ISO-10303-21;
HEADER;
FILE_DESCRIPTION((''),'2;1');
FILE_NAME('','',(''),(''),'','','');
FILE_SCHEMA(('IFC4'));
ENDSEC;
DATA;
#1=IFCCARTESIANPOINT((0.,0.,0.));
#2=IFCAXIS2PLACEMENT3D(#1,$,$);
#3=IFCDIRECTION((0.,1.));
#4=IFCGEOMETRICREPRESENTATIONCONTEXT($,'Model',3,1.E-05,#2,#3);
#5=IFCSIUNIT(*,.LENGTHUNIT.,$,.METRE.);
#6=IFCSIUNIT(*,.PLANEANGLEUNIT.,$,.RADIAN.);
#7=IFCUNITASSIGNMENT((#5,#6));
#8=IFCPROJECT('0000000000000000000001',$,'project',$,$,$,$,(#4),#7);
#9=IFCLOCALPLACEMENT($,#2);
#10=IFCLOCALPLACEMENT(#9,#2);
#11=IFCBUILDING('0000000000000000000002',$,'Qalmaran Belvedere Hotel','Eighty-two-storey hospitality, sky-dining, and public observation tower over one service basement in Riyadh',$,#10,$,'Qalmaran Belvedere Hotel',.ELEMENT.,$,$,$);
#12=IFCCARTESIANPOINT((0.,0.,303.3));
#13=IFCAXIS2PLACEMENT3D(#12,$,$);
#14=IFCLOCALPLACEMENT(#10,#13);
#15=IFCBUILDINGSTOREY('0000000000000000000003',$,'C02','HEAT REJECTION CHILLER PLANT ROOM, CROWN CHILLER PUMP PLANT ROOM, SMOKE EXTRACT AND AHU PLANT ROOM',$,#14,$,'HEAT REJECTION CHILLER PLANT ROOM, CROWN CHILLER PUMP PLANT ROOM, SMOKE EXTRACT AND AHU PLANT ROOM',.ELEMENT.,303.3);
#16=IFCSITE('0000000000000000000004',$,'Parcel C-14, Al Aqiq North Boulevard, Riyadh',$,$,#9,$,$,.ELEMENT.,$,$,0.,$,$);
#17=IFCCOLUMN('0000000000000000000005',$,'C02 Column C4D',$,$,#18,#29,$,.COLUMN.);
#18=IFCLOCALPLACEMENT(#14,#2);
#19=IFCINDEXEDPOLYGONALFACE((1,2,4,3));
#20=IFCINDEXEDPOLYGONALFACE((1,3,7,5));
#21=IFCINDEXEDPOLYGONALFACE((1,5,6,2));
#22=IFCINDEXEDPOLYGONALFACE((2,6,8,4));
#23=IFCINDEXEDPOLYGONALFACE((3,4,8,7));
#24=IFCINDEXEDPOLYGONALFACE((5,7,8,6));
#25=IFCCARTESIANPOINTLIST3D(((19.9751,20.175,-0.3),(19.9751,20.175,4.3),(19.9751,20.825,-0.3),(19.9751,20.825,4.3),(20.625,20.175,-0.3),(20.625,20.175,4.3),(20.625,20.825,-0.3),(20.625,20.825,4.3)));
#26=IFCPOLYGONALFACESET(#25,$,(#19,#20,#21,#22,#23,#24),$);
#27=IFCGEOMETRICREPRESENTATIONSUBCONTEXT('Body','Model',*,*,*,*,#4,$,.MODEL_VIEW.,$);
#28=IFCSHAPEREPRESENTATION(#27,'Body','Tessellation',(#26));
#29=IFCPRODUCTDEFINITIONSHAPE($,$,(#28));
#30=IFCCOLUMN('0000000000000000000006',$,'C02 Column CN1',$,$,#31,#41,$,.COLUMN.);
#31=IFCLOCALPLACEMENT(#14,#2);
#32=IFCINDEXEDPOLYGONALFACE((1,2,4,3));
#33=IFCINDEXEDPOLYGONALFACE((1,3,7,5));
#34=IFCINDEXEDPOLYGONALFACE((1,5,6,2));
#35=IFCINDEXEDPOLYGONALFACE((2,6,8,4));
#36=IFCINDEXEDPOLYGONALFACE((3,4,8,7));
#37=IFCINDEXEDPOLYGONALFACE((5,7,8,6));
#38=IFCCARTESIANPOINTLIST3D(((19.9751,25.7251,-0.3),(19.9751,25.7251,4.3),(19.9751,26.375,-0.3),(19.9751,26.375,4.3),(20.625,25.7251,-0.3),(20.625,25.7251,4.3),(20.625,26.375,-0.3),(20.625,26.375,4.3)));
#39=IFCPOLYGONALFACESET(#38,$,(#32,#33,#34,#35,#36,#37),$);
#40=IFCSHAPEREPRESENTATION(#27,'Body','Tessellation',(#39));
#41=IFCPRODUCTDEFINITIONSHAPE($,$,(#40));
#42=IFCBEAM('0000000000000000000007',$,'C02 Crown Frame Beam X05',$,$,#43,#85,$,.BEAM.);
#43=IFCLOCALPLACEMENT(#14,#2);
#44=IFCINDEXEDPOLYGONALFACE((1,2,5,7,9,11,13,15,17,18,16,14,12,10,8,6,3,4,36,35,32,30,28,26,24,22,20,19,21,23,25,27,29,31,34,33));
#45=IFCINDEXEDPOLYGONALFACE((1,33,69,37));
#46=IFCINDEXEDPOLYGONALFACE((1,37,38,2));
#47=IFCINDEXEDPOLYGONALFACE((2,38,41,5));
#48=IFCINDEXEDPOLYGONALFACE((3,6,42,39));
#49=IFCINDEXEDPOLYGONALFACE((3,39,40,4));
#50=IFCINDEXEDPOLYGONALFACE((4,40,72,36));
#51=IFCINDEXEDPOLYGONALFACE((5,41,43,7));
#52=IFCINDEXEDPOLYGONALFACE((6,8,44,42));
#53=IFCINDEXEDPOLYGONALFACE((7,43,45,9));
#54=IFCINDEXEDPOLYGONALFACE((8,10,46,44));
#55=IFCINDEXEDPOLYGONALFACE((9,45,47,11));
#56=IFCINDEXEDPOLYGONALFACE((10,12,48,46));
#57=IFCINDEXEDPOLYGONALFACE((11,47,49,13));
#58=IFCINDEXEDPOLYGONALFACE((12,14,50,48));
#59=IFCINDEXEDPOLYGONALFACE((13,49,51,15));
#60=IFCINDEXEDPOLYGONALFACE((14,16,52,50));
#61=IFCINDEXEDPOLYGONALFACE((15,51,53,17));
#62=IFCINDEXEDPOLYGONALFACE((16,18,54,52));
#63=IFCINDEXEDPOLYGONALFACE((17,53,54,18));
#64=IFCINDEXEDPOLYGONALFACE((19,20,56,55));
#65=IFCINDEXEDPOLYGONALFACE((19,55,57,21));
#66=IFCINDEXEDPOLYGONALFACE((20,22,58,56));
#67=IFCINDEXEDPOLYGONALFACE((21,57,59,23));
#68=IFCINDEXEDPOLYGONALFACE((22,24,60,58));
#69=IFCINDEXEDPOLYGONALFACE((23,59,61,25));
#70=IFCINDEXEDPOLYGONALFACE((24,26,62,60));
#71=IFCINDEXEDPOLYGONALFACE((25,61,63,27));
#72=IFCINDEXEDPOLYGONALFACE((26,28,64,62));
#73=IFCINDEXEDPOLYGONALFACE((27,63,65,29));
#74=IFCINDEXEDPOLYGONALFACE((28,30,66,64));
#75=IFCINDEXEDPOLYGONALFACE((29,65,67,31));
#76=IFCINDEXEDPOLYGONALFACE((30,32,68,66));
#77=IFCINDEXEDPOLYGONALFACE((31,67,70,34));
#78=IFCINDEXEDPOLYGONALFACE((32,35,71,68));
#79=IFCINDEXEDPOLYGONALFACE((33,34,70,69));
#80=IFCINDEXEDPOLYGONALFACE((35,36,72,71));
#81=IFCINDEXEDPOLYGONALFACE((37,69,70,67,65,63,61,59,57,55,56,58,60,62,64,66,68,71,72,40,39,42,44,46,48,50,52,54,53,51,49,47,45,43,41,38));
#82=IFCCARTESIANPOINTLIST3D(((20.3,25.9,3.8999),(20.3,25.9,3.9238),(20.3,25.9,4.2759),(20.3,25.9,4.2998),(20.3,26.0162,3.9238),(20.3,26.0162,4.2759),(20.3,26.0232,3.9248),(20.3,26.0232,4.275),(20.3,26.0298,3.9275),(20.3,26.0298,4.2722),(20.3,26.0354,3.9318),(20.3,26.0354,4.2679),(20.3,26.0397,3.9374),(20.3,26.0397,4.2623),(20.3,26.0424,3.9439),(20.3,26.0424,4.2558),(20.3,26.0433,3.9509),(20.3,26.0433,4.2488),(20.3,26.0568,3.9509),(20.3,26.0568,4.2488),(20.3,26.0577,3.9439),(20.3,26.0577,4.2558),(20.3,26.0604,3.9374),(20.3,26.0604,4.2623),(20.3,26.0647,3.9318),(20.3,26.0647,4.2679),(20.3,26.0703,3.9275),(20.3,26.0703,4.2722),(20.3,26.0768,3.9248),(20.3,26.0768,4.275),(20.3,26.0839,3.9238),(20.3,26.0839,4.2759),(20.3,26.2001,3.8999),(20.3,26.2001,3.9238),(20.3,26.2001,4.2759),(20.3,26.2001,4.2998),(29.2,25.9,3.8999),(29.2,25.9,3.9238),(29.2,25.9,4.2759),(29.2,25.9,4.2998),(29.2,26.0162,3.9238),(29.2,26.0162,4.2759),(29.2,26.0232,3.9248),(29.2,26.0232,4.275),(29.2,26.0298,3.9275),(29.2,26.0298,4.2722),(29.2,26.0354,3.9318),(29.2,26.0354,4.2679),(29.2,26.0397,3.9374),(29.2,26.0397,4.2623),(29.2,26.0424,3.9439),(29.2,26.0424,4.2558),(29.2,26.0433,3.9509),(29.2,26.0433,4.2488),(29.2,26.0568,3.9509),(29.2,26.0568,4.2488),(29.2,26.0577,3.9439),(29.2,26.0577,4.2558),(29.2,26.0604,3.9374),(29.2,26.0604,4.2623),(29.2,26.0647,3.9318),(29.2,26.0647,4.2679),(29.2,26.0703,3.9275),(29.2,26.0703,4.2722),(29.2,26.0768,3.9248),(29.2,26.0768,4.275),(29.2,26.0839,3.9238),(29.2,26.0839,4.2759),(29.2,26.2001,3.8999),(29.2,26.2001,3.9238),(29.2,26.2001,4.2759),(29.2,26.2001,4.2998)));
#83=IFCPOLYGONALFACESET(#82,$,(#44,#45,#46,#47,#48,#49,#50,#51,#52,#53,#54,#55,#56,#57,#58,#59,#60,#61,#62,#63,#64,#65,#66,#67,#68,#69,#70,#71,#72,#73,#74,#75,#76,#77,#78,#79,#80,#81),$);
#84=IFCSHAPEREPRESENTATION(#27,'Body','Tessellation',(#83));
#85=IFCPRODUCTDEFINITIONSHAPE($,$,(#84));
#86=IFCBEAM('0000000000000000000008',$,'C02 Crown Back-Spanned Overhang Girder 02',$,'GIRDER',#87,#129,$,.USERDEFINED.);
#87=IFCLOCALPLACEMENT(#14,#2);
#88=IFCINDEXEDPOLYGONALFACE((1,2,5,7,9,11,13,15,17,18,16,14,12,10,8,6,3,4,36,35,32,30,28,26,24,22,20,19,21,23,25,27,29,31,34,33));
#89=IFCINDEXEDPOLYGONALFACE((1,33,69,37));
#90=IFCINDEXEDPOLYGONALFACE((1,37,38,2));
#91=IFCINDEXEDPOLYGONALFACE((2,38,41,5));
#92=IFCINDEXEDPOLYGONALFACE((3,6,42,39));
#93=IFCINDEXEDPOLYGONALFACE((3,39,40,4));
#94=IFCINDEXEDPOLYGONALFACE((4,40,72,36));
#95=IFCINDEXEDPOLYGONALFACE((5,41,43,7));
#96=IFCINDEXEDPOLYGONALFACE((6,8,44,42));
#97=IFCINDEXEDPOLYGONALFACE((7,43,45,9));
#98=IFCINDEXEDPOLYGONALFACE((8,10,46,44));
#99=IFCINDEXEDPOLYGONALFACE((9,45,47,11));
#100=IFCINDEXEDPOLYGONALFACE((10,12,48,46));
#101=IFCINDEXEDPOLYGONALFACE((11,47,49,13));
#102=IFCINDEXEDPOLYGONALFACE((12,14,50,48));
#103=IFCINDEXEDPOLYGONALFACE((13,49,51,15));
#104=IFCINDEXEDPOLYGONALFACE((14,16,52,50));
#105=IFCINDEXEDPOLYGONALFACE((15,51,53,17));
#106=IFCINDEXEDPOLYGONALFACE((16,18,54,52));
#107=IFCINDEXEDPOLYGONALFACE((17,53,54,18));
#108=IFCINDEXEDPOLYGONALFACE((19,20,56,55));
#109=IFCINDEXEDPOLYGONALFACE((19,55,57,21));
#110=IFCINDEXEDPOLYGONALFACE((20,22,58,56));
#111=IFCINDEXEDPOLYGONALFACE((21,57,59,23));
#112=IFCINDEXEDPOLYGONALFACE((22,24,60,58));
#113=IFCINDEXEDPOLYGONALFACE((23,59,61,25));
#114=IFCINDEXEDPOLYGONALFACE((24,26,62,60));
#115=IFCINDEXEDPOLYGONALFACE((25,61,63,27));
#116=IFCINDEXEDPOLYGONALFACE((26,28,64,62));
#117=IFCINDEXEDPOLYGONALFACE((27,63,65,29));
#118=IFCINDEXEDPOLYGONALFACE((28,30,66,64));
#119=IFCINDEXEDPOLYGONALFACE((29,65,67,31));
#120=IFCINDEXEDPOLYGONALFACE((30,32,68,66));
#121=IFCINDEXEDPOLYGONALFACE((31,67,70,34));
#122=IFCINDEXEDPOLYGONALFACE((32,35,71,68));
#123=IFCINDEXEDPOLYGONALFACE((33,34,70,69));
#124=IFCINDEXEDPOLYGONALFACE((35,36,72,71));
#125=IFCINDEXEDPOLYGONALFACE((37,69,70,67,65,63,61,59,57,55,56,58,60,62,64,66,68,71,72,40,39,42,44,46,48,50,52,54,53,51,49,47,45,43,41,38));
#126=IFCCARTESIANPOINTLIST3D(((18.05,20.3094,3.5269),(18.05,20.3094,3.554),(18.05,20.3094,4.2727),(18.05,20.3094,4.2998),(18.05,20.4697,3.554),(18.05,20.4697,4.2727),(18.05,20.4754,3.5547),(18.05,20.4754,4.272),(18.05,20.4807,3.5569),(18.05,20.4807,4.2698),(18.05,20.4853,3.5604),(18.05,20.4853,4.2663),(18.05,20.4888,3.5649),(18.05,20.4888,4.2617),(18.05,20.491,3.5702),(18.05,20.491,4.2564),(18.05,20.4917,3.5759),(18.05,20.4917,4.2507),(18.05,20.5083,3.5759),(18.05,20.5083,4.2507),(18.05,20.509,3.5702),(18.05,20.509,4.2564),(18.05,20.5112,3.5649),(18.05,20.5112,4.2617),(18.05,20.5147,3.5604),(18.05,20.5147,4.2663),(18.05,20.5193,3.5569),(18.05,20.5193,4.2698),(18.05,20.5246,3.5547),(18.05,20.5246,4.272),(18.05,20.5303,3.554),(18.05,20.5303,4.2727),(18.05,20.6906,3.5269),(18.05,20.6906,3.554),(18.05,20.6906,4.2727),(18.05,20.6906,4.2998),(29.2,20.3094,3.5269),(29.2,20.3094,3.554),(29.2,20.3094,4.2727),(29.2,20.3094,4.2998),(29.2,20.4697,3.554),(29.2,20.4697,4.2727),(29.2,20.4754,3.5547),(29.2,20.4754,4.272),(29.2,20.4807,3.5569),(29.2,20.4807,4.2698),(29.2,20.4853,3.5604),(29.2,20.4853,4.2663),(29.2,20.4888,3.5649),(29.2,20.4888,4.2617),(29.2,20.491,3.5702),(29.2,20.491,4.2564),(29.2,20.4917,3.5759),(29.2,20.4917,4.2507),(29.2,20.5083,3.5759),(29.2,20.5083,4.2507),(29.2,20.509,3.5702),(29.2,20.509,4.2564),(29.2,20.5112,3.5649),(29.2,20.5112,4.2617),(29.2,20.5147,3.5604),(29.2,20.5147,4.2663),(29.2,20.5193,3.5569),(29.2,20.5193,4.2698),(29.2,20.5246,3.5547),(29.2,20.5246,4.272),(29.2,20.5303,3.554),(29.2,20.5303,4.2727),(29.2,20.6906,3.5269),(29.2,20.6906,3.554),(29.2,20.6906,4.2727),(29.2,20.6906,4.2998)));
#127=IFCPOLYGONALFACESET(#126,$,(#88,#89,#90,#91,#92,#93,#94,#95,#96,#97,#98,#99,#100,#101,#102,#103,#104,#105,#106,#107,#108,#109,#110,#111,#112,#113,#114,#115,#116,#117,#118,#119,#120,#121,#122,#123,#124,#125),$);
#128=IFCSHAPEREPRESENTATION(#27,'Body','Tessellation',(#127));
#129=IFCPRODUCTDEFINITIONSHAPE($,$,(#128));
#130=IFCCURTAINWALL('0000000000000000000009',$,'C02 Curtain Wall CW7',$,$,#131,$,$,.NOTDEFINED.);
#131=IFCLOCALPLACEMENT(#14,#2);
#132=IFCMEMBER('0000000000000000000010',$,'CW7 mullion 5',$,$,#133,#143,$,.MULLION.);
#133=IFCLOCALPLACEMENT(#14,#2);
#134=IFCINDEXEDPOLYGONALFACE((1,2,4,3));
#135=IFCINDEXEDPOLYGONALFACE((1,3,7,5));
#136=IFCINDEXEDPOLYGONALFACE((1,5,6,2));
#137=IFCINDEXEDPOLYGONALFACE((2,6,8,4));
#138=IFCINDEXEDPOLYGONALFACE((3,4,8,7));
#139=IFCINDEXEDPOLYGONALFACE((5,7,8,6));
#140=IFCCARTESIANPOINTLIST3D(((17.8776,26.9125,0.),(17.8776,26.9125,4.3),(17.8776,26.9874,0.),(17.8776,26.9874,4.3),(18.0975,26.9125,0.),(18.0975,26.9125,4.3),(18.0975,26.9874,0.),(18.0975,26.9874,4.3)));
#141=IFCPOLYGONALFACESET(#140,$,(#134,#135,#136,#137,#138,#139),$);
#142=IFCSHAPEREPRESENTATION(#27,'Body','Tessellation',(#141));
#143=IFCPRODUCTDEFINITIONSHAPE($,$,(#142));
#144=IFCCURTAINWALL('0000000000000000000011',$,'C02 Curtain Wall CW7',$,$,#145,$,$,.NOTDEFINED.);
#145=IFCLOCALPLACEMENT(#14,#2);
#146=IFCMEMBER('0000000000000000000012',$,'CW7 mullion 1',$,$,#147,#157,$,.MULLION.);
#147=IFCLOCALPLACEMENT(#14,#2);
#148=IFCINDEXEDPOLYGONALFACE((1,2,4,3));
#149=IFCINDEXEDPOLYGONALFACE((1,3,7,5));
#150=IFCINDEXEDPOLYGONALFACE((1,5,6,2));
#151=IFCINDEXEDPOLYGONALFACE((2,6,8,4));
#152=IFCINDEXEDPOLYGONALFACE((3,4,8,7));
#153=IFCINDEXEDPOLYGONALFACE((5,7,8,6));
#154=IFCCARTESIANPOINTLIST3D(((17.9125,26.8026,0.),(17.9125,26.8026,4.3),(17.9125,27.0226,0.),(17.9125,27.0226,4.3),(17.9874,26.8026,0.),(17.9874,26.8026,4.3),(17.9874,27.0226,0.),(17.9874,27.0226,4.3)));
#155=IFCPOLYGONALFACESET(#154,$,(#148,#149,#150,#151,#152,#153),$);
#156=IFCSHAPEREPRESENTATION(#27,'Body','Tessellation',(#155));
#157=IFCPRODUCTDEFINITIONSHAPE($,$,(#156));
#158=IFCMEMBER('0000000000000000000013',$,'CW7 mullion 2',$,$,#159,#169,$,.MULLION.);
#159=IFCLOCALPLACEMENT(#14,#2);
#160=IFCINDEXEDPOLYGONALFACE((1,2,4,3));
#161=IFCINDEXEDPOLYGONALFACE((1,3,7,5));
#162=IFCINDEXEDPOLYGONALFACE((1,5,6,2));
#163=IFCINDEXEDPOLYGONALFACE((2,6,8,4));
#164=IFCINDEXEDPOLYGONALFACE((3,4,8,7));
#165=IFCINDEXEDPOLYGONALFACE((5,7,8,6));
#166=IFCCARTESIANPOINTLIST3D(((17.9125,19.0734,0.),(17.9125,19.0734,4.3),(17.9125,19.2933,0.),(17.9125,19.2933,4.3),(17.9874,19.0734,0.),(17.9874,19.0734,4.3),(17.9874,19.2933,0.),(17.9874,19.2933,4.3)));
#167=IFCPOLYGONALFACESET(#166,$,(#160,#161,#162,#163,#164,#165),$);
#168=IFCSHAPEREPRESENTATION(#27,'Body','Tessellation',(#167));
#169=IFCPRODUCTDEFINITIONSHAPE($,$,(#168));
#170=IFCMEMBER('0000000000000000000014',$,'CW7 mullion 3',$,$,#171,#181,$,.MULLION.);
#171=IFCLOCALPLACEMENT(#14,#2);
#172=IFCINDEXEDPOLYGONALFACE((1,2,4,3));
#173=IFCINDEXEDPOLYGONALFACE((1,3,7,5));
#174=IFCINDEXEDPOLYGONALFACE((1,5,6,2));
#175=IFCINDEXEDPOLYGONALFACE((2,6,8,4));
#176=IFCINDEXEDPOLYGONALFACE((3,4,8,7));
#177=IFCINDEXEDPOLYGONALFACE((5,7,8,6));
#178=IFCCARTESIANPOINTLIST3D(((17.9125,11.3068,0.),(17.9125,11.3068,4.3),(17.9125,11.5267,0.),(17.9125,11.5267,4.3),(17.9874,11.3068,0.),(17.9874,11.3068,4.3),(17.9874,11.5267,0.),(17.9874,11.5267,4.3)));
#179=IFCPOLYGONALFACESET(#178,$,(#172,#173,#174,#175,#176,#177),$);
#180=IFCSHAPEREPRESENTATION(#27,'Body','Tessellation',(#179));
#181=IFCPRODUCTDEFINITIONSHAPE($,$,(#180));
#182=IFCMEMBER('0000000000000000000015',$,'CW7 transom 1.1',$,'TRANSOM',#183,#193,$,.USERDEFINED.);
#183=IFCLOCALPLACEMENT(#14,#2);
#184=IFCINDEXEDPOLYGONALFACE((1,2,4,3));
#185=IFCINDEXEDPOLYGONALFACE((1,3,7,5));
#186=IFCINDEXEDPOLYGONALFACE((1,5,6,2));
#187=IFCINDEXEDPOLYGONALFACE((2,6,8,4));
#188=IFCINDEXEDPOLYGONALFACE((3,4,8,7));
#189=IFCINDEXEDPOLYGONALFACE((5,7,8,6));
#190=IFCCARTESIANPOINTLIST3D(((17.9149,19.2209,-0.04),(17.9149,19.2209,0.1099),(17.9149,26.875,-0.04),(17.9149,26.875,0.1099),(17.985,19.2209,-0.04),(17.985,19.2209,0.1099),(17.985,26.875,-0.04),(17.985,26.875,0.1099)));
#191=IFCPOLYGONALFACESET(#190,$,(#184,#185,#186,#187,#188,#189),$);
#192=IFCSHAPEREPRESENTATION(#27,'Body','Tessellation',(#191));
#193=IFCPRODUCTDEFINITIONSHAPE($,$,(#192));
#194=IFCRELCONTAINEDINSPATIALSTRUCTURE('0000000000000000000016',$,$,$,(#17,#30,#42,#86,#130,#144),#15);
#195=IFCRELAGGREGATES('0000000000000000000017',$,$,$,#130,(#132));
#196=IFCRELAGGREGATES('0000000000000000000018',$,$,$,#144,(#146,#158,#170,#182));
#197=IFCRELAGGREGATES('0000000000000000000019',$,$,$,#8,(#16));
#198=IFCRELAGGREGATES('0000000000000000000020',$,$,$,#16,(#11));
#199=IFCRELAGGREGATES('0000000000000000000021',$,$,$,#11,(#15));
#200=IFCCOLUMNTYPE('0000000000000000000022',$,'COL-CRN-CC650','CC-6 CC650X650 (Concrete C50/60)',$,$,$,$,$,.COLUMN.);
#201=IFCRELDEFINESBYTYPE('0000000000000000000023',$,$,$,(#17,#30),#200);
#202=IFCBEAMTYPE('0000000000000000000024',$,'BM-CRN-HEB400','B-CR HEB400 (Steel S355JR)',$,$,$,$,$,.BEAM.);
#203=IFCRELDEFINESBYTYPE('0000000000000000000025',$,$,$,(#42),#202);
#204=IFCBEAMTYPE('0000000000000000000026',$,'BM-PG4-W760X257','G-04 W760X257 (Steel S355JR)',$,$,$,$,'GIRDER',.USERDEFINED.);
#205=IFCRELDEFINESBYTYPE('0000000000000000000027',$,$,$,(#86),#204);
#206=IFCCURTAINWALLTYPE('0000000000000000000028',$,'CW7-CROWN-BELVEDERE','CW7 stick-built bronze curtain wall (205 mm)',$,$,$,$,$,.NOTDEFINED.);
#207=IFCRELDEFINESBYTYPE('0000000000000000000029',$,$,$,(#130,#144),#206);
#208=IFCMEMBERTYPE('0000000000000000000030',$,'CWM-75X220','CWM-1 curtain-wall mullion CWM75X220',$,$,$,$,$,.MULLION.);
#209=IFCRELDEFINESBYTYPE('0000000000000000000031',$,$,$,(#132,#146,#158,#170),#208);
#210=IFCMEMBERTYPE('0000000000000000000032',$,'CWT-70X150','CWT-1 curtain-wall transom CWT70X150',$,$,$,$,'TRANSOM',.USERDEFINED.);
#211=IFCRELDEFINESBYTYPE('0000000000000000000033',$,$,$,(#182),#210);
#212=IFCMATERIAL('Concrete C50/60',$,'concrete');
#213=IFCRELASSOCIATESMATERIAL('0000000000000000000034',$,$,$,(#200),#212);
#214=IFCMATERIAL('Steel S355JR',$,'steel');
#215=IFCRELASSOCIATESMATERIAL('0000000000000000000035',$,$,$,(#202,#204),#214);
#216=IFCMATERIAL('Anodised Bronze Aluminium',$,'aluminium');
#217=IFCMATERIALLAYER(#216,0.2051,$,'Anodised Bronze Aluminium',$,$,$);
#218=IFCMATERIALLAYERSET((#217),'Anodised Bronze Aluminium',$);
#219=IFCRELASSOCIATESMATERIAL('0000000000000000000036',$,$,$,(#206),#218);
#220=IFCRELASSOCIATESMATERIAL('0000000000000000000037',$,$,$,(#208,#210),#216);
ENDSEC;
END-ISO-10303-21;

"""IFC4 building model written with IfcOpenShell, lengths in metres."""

from ifc_helpers import new_model, si_unit, direction, frame, origin, origin_2d, place, context, subcontext, project, spatial, rectangle, i_section, extrude, material, layer, layer_set, material_profile, profile_set, type_object, element, aggregate, save


model = new_model("IFC4")

# Units and contexts
model_context = context("Model", 3, precision=1e-05, world=origin(), true_north=direction((0.0, 1.0)))
body_context = subcontext(model_context, "Body", "Model", "MODEL_VIEW")
ifc_project = project(units=[si_unit("LENGTHUNIT", "METRE"), si_unit("PLANEANGLEUNIT", "RADIAN")], contexts=[model_context])

# Site, building, storey
site_placement = place(None, origin())
site = spatial("IfcSite", under=ifc_project, at=site_placement, Name="Parcel C-14, Al Aqiq North Boulevard, Riyadh", CompositionType="ELEMENT", RefElevation=0.0)
building_placement = place(site_placement, origin())
building = spatial("IfcBuilding", under=site, at=building_placement, Name="Qalmaran Belvedere Hotel", Description="Eighty-two-storey hospitality, sky-dining, and public observation tower over one service basement in Riyadh", LongName="Qalmaran Belvedere Hotel", CompositionType="ELEMENT")
storey_placement = place(building_placement, frame((0.0, 0.0, 303.3)))
storey = spatial("IfcBuildingStorey", under=building, at=storey_placement, Name="C02", Description="HEAT REJECTION CHILLER PLANT ROOM, CROWN CHILLER PUMP PLANT ROOM, SMOKE EXTRACT AND AHU PLANT ROOM", LongName="HEAT REJECTION CHILLER PLANT ROOM, CROWN CHILLER PUMP PLANT ROOM, SMOKE EXTRACT AND AHU PLANT ROOM", CompositionType="ELEMENT", Elevation=303.3)

# Columns
ifc_material_1 = material(Name="Concrete C50/60", Category="concrete")
ifc_material_profile_1 = material_profile(ifc_material_1, rectangle(XDim=0.6499, YDim=0.6499, at=origin_2d()), Name="CC650X650")
ifc_profile_set_1 = profile_set([ifc_material_profile_1], Name="Concrete C50/60")
column_type = type_object("IfcColumnType", Name="COL-CRN-CC650", Description="CC-6 CC650X650 (Concrete C50/60)", PredefinedType="COLUMN", material=ifc_profile_set_1)
for number, where, z_axis, x_axis, name in (
    (1, (20.3, 20.5, -0.3), (0.0, 0.0, 1.0), (1.0, 0.0, 0.0), "C02 Column C4D"),
    (2, (20.3, 26.05, -0.3), (0.0, 0.0, 1.0), (1.0, 0.0, 0.0), "C02 Column CN1"),
):
    element("IfcColumn", number, at=place(storey_placement, frame(where, z_axis=z_axis, x_axis=x_axis)), inside=storey, type_object=column_type, Name=name, PredefinedType="COLUMN", context=body_context, shape_type="SweptSolid", body=[
        extrude(rectangle(XDim=0.6499, YDim=0.6499, at=origin_2d()), origin(), (0.0, 0.0, 1.0), 4.6001),
    ])

# Beams
ifc_material_2 = material(Name="Steel S355JR", Category="steel")
ifc_material_profile_2 = material_profile(ifc_material_2, i_section(OverallWidth=0.3, OverallDepth=0.3999, WebThickness=0.0134, FlangeThickness=0.0239, FilletRadius=0.0271, at=origin_2d()), Name="HEB400")
ifc_profile_set_2 = profile_set([ifc_material_profile_2], Name="Steel S355JR")
beam_type_1 = type_object("IfcBeamType", Name="BM-CRN-HEB400", Description="B-CR HEB400 (Steel S355JR)", PredefinedType="BEAM", material=ifc_profile_set_2)
beam_1_placement = place(storey_placement, frame((20.3, 26.05, 4.0999), z_axis=(1.0, 0.0, 0.0), x_axis=(0.0, 1.0, 0.0)))
element("IfcBeam", 3, at=beam_1_placement, inside=storey, type_object=beam_type_1, Name="C02 Crown Frame Beam X05", PredefinedType="BEAM", context=body_context, shape_type="SweptSolid", body=[
    extrude(i_section(OverallWidth=0.3, OverallDepth=0.3999, WebThickness=0.0134, FlangeThickness=0.0239, FilletRadius=0.0271, at=origin_2d()), origin(), (0.0, 0.0, 1.0), 8.8999),
])
ifc_material_profile_3 = material_profile(ifc_material_2, i_section(OverallWidth=0.3811, OverallDepth=0.7729, WebThickness=0.0166, FlangeThickness=0.0271, FilletRadius=0.022, at=origin_2d()), Name="W760X257")
ifc_profile_set_3 = profile_set([ifc_material_profile_3], Name="Steel S355JR")
beam_type_2 = type_object("IfcBeamType", Name="BM-PG4-W760X257", Description="G-04 W760X257 (Steel S355JR)", ElementType="GIRDER", PredefinedType="USERDEFINED", material=ifc_profile_set_3)
beam_2_placement = place(storey_placement, frame((18.05, 20.5, 3.9133), z_axis=(1.0, 0.0, 0.0), x_axis=(0.0, 1.0, 0.0)))
element("IfcBeam", 4, at=beam_2_placement, inside=storey, type_object=beam_type_2, Name="C02 Crown Back-Spanned Overhang Girder 02", ObjectType="GIRDER", PredefinedType="USERDEFINED", context=body_context, shape_type="SweptSolid", body=[
    extrude(i_section(OverallWidth=0.3811, OverallDepth=0.7729, WebThickness=0.0166, FlangeThickness=0.0271, FilletRadius=0.022, at=origin_2d()), origin(), (0.0, 0.0, 1.0), 11.1499),
])

# Curtain wall, member
ifc_material_3 = material(Name="Anodised Bronze Aluminium", Category="aluminium")
ifc_layer_1 = layer(ifc_material_3, 0.2051, Name="Anodised Bronze Aluminium")
ifc_layer_set_1 = layer_set([ifc_layer_1], Name="Anodised Bronze Aluminium")
curtain_wall_type = type_object("IfcCurtainWallType", Name="CW7-CROWN-BELVEDERE", Description="CW7 stick-built bronze curtain wall (205 mm)", PredefinedType="NOTDEFINED", material=ifc_layer_set_1)
curtain_wall_1_placement = place(storey_placement, origin())
curtain_wall_1 = element("IfcCurtainWall", 5, at=curtain_wall_1_placement, inside=storey, type_object=curtain_wall_type, Name="C02 Curtain Wall CW7", PredefinedType="NOTDEFINED")
ifc_material_profile_4 = material_profile(ifc_material_3, rectangle(XDim=0.075, YDim=0.22, at=origin_2d()), Name="CWM75X220")
ifc_profile_set_4 = profile_set([ifc_material_profile_4], Name="Anodised Bronze Aluminium")
member_type_1 = type_object("IfcMemberType", Name="CWM-75X220", Description="CWM-1 curtain-wall mullion CWM75X220", PredefinedType="MULLION", material=ifc_profile_set_4)
member_1_placement = place(storey_placement, frame((17.9875, 26.95, 0.0), z_axis=(0.0, 0.0, 1.0), x_axis=(0.0, -1.0, 0.0)))
member_1 = element("IfcMember", 6, at=member_1_placement, type_object=member_type_1, Name="CW7 mullion 5", PredefinedType="MULLION", context=body_context, shape_type="SweptSolid", body=[
    extrude(rectangle(XDim=0.075, YDim=0.22, at=origin_2d()), origin(), (0.0, 0.0, 1.0), 4.3),
])
aggregate(curtain_wall_1, [member_1])

# Curtain wall, members
curtain_wall_2_placement = place(storey_placement, origin())
curtain_wall_2 = element("IfcCurtainWall", 7, at=curtain_wall_2_placement, inside=storey, type_object=curtain_wall_type, Name="C02 Curtain Wall CW7", PredefinedType="NOTDEFINED")
member_2_placement = place(storey_placement, frame((17.95, 26.9126, 0.0), z_axis=(0.0, 0.0, 1.0), x_axis=(1.0, 0.0, 0.0)))
member_2 = element("IfcMember", 8, at=member_2_placement, type_object=member_type_1, Name="CW7 mullion 1", PredefinedType="MULLION", context=body_context, shape_type="SweptSolid", body=[
    extrude(rectangle(XDim=0.075, YDim=0.22, at=origin_2d()), origin(), (0.0, 0.0, 1.0), 4.3),
])
member_3_placement = place(storey_placement, frame((17.95, 19.1833, 0.0), z_axis=(0.0, 0.0, 1.0), x_axis=(1.0, 0.0, 0.0)))
member_3 = element("IfcMember", 9, at=member_3_placement, type_object=member_type_1, Name="CW7 mullion 2", PredefinedType="MULLION", context=body_context, shape_type="SweptSolid", body=[
    extrude(rectangle(XDim=0.075, YDim=0.22, at=origin_2d()), origin(), (0.0, 0.0, 1.0), 4.3),
])
member_4_placement = place(storey_placement, frame((17.95, 11.4167, 0.0), z_axis=(0.0, 0.0, 1.0), x_axis=(1.0, 0.0, 0.0)))
member_4 = element("IfcMember", 10, at=member_4_placement, type_object=member_type_1, Name="CW7 mullion 3", PredefinedType="MULLION", context=body_context, shape_type="SweptSolid", body=[
    extrude(rectangle(XDim=0.075, YDim=0.22, at=origin_2d()), origin(), (0.0, 0.0, 1.0), 4.3),
])
ifc_material_profile_5 = material_profile(ifc_material_3, rectangle(XDim=0.0701, YDim=0.1499, at=origin_2d()), Name="CWT70X150")
ifc_profile_set_5 = profile_set([ifc_material_profile_5], Name="Anodised Bronze Aluminium")
member_type_2 = type_object("IfcMemberType", Name="CWT-70X150", Description="CWT-1 curtain-wall transom CWT70X150", ElementType="TRANSOM", PredefinedType="USERDEFINED", material=ifc_profile_set_5)
member_5_placement = place(storey_placement, frame((17.95, 26.875, 0.0349), z_axis=(0.0, -1.0, 0.0), x_axis=(1.0, 0.0, 0.0)))
member_5 = element("IfcMember", 11, at=member_5_placement, type_object=member_type_2, Name="CW7 transom 1.1", ObjectType="TRANSOM", PredefinedType="USERDEFINED", context=body_context, shape_type="SweptSolid", body=[
    extrude(rectangle(XDim=0.0701, YDim=0.1499, at=origin_2d()), origin(), (0.0, 0.0, 1.0), 7.6541),
])
aggregate(curtain_wall_2, [member_2, member_3, member_4, member_5])

save(model, "model.ifc")
